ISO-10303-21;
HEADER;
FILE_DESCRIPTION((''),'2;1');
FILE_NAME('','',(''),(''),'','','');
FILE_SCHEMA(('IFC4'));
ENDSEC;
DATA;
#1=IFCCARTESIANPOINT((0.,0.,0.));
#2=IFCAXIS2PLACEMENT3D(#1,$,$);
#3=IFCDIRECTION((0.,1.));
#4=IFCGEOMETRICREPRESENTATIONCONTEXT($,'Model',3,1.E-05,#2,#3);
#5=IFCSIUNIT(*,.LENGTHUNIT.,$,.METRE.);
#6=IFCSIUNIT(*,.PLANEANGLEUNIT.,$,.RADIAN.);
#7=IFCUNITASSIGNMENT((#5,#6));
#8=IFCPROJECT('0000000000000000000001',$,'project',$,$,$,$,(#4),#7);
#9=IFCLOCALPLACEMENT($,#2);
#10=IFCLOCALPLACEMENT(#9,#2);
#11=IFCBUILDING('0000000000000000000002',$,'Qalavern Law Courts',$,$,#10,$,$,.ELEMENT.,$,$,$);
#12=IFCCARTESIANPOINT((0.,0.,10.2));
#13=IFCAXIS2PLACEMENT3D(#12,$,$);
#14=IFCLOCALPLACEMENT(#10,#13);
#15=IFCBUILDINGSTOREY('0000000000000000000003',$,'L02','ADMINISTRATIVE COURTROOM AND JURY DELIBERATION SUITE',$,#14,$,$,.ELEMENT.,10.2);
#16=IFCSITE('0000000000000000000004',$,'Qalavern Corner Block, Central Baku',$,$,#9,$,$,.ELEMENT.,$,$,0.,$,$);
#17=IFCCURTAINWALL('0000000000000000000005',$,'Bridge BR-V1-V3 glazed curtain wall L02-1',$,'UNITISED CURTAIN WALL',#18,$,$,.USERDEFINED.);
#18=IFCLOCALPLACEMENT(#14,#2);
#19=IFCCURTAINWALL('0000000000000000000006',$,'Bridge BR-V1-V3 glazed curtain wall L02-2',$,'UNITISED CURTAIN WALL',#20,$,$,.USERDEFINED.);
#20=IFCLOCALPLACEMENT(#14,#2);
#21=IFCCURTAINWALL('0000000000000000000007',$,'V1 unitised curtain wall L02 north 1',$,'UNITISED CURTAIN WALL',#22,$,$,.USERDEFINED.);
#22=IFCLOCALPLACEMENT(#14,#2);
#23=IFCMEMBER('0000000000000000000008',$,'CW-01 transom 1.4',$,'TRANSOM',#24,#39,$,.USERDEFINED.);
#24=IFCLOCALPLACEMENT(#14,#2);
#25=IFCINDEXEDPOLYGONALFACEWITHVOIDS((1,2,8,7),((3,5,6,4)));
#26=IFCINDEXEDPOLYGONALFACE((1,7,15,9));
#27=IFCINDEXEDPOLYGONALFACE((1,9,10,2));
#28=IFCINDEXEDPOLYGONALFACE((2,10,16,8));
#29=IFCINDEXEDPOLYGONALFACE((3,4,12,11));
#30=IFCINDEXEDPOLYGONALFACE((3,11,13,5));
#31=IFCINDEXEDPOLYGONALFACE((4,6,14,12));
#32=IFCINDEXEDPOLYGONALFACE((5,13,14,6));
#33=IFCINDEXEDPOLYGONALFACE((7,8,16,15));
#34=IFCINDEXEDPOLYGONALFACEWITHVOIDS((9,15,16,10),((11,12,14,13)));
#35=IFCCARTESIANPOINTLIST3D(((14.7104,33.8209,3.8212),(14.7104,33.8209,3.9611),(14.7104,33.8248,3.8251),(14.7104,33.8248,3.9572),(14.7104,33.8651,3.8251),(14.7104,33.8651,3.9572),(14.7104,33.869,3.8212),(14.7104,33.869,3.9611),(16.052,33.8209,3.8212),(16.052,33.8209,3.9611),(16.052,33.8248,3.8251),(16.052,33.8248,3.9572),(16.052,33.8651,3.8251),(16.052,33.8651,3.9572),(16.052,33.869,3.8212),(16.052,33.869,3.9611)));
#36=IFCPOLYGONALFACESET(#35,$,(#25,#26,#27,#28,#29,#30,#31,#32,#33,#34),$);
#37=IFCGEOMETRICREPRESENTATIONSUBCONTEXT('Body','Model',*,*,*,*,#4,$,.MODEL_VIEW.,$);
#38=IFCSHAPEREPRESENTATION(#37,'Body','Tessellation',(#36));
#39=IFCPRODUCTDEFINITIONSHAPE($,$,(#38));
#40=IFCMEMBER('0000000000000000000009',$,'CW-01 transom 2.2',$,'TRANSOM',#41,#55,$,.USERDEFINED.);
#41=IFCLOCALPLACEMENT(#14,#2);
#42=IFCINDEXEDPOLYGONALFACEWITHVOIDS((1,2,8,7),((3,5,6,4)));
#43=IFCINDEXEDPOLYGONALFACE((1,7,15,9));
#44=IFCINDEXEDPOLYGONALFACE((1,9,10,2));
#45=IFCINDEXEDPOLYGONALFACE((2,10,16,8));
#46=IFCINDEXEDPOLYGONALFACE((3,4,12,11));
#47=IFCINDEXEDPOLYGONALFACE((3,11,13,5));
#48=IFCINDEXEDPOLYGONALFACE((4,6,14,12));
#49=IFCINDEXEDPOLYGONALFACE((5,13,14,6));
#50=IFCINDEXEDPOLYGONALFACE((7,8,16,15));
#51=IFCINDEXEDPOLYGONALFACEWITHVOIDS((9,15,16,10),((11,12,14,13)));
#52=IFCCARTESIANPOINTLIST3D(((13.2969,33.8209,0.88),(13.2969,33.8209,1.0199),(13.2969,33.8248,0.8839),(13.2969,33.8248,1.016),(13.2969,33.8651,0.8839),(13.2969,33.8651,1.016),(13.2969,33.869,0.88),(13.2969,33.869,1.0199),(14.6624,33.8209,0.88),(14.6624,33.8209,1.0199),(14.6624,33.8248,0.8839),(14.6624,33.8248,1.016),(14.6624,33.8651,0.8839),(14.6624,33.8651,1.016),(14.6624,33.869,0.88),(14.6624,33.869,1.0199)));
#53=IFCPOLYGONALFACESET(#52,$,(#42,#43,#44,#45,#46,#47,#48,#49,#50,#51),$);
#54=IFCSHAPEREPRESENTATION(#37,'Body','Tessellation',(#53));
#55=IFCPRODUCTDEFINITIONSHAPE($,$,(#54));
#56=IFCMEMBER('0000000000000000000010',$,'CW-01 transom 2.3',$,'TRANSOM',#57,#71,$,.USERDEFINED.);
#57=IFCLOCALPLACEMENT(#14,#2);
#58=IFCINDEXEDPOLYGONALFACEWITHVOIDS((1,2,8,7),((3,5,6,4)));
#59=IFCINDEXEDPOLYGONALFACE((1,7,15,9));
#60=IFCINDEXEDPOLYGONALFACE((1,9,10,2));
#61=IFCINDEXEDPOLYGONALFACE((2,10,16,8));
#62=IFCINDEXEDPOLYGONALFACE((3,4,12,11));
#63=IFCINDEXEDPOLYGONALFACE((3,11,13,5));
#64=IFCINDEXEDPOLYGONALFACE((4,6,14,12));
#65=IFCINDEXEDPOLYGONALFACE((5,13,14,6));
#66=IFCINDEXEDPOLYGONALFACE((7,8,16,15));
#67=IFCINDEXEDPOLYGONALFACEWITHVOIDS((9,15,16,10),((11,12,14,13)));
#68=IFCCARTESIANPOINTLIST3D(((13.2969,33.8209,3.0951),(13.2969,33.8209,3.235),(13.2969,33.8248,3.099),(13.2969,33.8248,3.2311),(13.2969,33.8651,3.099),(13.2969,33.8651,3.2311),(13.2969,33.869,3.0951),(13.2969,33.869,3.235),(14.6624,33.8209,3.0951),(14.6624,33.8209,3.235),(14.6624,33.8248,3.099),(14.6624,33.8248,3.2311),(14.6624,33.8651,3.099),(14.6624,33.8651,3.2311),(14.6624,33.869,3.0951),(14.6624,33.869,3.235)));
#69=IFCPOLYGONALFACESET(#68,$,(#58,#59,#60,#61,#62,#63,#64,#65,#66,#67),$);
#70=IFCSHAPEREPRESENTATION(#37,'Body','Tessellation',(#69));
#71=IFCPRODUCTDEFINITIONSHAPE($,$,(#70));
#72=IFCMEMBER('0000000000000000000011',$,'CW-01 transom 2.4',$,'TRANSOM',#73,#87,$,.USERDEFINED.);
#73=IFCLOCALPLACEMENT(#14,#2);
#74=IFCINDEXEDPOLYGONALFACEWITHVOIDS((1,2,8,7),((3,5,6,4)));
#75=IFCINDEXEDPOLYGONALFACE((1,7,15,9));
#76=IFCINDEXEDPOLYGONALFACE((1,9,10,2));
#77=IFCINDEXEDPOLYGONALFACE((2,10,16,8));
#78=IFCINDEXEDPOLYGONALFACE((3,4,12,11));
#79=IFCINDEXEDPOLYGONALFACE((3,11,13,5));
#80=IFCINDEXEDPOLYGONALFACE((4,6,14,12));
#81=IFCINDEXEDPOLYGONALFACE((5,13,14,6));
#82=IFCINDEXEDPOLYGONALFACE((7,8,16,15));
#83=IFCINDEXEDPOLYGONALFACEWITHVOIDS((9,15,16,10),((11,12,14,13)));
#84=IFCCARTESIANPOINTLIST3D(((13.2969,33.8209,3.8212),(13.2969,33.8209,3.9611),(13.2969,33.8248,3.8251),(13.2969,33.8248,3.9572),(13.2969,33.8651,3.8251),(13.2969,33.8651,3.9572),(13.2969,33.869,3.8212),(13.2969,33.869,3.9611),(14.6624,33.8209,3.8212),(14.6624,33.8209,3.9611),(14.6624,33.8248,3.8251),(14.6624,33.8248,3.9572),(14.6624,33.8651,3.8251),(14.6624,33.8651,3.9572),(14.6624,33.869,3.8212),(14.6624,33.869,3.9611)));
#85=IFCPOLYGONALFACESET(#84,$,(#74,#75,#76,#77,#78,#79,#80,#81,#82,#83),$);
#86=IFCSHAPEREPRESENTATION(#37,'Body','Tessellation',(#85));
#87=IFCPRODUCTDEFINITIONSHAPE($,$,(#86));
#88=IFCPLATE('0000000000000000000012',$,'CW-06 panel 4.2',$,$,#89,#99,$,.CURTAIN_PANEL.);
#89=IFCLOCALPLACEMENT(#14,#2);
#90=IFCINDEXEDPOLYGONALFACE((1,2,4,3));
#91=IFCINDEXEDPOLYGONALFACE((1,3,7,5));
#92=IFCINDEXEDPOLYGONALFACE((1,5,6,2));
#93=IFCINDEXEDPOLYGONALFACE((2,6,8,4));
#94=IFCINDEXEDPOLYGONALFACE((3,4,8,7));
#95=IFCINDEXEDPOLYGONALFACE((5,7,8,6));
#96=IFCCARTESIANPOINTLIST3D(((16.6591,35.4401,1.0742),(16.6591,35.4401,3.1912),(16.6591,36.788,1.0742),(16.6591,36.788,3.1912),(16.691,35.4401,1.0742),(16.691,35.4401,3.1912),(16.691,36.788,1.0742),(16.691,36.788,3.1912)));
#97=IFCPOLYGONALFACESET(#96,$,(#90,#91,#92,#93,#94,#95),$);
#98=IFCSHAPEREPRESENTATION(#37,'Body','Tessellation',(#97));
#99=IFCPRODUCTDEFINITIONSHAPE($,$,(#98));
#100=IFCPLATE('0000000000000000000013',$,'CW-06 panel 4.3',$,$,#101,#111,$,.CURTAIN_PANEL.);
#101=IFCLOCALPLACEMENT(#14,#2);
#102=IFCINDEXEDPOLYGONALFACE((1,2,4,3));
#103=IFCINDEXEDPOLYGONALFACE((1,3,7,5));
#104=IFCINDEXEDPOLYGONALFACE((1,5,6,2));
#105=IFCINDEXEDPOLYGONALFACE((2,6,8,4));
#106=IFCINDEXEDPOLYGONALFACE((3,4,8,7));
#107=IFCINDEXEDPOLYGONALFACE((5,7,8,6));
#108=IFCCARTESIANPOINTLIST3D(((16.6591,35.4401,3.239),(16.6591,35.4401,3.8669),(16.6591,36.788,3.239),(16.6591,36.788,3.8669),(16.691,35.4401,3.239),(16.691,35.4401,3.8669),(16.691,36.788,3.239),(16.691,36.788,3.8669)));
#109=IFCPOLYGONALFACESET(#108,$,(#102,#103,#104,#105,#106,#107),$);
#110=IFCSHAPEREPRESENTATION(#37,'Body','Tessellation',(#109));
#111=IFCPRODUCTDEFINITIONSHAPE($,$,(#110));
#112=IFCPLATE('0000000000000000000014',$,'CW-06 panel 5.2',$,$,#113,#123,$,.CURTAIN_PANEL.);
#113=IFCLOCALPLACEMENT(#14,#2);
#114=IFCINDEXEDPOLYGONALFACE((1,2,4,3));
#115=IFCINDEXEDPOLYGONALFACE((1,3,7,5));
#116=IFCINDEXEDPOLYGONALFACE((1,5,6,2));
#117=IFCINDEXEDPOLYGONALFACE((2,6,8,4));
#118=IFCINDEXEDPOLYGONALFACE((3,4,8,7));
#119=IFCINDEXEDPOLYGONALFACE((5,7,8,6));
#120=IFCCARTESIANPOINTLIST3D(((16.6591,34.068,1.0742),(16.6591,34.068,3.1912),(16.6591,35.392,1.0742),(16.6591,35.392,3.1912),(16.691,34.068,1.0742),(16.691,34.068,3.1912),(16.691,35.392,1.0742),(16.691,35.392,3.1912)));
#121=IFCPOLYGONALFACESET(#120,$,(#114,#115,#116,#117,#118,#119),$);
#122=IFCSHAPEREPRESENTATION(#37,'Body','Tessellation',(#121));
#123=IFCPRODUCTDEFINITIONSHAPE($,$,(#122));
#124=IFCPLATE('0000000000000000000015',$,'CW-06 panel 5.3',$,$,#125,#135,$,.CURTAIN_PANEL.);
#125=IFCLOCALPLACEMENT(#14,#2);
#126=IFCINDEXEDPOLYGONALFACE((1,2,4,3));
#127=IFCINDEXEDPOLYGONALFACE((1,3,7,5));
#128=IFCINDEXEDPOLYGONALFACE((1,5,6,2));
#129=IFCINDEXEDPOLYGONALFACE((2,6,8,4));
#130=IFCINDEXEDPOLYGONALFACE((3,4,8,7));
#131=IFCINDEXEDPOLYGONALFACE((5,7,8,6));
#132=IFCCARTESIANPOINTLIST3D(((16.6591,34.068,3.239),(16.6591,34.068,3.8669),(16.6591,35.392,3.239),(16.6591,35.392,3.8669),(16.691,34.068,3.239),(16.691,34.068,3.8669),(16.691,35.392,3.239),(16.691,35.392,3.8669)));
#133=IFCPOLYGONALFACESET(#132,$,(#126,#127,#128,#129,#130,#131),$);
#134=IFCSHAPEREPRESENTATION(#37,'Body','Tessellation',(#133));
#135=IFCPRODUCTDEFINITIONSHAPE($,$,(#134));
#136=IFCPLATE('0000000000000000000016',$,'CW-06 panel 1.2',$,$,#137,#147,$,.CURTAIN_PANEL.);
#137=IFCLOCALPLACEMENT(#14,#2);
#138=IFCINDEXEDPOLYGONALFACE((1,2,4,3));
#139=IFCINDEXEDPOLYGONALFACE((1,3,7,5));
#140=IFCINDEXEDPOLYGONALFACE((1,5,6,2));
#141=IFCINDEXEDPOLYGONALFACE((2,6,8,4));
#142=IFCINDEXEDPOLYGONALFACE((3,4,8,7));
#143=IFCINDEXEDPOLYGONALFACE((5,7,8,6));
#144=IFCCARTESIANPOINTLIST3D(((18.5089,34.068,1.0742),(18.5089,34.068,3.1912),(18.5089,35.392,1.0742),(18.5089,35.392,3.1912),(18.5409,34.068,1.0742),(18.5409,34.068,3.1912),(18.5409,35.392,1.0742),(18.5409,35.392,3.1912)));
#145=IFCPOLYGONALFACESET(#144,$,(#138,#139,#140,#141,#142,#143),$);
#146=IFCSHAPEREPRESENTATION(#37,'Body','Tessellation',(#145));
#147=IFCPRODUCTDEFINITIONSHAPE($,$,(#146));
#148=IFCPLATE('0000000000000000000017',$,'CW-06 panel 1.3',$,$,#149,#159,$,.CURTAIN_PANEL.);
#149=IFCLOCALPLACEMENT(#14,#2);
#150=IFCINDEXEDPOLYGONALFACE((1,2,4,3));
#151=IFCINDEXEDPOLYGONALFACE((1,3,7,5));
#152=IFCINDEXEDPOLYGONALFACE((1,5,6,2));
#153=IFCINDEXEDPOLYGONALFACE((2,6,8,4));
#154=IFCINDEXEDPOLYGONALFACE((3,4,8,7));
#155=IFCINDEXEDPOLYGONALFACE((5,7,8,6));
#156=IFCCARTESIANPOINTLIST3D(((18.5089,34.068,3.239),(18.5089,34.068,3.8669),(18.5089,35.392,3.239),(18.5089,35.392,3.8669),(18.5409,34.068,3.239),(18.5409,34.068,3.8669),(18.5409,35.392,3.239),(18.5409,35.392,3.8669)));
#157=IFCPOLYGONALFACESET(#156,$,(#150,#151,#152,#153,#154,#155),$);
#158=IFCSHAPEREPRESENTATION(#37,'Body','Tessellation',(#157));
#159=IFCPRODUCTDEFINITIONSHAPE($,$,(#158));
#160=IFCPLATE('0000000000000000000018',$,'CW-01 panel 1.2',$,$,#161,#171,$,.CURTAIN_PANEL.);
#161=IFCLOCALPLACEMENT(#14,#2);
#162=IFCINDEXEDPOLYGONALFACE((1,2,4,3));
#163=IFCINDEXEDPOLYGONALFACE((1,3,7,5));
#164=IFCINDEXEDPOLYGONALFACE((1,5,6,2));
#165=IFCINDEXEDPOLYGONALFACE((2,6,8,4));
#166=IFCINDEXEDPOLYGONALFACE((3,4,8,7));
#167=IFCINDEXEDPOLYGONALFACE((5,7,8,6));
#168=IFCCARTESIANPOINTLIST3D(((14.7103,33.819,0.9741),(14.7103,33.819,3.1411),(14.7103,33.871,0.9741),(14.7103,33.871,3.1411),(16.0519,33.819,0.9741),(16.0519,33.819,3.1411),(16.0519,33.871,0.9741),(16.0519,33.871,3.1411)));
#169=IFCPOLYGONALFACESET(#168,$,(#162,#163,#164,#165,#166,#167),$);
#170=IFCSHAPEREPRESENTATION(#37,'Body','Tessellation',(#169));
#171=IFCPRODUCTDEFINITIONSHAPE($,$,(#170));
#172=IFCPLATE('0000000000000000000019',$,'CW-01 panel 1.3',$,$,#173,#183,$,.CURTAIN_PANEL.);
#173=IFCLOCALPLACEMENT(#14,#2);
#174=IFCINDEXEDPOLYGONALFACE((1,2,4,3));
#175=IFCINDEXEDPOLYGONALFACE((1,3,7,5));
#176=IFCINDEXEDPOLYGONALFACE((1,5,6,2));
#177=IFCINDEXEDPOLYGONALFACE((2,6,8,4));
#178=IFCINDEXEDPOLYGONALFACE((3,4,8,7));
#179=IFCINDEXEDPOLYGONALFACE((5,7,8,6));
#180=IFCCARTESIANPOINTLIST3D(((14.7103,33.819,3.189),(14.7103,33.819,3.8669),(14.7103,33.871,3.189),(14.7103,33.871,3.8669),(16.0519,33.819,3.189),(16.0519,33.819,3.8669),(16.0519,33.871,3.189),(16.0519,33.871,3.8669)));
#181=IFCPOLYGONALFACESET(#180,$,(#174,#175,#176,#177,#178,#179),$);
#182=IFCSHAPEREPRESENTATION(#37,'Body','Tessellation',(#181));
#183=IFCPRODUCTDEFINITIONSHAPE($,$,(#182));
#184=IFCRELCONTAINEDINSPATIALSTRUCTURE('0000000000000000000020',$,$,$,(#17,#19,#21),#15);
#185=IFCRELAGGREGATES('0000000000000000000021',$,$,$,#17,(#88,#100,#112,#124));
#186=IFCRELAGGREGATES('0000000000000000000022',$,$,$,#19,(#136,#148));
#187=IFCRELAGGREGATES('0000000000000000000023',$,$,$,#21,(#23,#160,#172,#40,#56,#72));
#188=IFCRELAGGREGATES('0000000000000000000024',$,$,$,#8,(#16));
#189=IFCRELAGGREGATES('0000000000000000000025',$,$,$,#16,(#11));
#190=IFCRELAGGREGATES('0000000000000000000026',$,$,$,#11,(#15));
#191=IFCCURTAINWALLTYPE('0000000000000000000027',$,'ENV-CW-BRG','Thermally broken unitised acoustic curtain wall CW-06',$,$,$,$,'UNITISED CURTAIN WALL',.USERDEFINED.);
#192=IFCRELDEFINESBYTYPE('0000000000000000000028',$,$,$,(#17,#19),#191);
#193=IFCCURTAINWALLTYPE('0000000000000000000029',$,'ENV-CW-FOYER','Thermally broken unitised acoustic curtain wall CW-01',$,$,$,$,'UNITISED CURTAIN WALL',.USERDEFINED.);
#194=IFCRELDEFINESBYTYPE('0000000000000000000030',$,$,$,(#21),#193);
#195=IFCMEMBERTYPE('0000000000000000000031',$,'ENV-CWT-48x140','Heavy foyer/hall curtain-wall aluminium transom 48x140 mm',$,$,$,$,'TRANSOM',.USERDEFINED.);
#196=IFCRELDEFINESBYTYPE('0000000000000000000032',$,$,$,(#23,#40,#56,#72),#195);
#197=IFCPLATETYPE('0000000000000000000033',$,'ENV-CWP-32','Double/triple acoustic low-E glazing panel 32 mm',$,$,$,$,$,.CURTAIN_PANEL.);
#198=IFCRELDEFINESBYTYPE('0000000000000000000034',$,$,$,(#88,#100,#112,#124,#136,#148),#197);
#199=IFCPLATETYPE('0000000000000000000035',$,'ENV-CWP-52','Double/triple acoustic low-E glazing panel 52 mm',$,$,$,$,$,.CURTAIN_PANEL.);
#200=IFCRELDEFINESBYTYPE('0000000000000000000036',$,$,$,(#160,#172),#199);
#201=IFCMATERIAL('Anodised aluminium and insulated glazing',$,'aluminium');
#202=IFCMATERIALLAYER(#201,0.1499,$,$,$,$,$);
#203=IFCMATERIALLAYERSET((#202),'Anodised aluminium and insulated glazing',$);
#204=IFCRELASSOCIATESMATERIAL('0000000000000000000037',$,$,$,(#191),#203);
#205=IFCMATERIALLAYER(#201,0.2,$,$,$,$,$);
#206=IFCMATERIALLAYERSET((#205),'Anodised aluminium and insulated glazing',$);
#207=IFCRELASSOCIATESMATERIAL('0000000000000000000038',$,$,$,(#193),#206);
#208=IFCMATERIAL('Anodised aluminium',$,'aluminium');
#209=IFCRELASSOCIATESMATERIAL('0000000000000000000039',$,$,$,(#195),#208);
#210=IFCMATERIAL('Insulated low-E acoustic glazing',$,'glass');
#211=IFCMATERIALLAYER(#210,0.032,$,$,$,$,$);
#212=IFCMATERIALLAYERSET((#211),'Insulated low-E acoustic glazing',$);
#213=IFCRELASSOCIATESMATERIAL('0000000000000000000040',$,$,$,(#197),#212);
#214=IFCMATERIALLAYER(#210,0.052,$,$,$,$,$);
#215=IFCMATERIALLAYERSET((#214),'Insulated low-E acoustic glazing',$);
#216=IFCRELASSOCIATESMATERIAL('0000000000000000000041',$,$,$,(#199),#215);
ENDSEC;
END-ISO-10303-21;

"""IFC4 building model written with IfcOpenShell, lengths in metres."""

from ifc_helpers import new_model, si_unit, direction, frame, origin, origin_2d, place, context, subcontext, project, spatial, rectangle, hollow_rectangle, extrude, material, layer, layer_set, material_profile, profile_set, type_object, element, aggregate, save


model = new_model("IFC4")

# Units and contexts
model_context = context("Model", 3, precision=1e-05, world=origin(), true_north=direction((0.0, 1.0)))
body_context = subcontext(model_context, "Body", "Model", "MODEL_VIEW")
ifc_project = project(units=[si_unit("LENGTHUNIT", "METRE"), si_unit("PLANEANGLEUNIT", "RADIAN")], contexts=[model_context])

# Site, building, storey
site_placement = place(None, origin())
site = spatial("IfcSite", under=ifc_project, at=site_placement, Name="Qalavern Corner Block, Central Baku", CompositionType="ELEMENT", RefElevation=0.0)
building_placement = place(site_placement, origin())
building = spatial("IfcBuilding", under=site, at=building_placement, Name="Qalavern Law Courts", CompositionType="ELEMENT")
storey_placement = place(building_placement, frame((0.0, 0.0, 10.2)))
storey = spatial("IfcBuildingStorey", under=building, at=storey_placement, Name="L02", Description="ADMINISTRATIVE COURTROOM AND JURY DELIBERATION SUITE", CompositionType="ELEMENT", Elevation=10.2)

# Curtain walls, members
ifc_material_1 = material(Name="Anodised aluminium and insulated glazing", Category="aluminium")
ifc_layer_1 = layer(ifc_material_1, 0.1499)
ifc_layer_set_1 = layer_set([ifc_layer_1], Name="Anodised aluminium and insulated glazing")
curtain_wall_type_1 = type_object("IfcCurtainWallType", Name="ENV-CW-BRG", Description="Thermally broken unitised acoustic curtain wall CW-06", ElementType="UNITISED CURTAIN WALL", PredefinedType="USERDEFINED", material=ifc_layer_set_1)
curtain_wall_1_placement = place(storey_placement, origin())
curtain_wall_1 = element("IfcCurtainWall", 1, at=curtain_wall_1_placement, inside=storey, type_object=curtain_wall_type_1, Name="Bridge BR-V1-V3 glazed curtain wall L02-1", ObjectType="UNITISED CURTAIN WALL", PredefinedType="USERDEFINED")
ifc_material_2 = material(Name="Anodised aluminium", Category="aluminium")
curtain_wall_2_placement = place(storey_placement, origin())
curtain_wall_2 = element("IfcCurtainWall", 2, at=curtain_wall_2_placement, inside=storey, type_object=curtain_wall_type_1, Name="Bridge BR-V1-V3 glazed curtain wall L02-2", ObjectType="UNITISED CURTAIN WALL", PredefinedType="USERDEFINED")
ifc_layer_2 = layer(ifc_material_1, 0.2)
ifc_layer_set_2 = layer_set([ifc_layer_2], Name="Anodised aluminium and insulated glazing")
curtain_wall_type_2 = type_object("IfcCurtainWallType", Name="ENV-CW-FOYER", Description="Thermally broken unitised acoustic curtain wall CW-01", ElementType="UNITISED CURTAIN WALL", PredefinedType="USERDEFINED", material=ifc_layer_set_2)
curtain_wall_3_placement = place(storey_placement, origin())
curtain_wall_3 = element("IfcCurtainWall", 3, at=curtain_wall_3_placement, inside=storey, type_object=curtain_wall_type_2, Name="V1 unitised curtain wall L02 north 1", ObjectType="UNITISED CURTAIN WALL", PredefinedType="USERDEFINED")
ifc_material_profile_1 = material_profile(ifc_material_2, hollow_rectangle(XDim=0.0481, YDim=0.1399, WallThickness=0.0039, at=origin_2d()), Name="ALU TRANSOM 48x140")
ifc_profile_set_1 = profile_set([ifc_material_profile_1], Name="Anodised aluminium")
member_type_1 = type_object("IfcMemberType", Name="ENV-CWT-48x140", Description="Heavy foyer/hall curtain-wall aluminium transom 48x140 mm", ElementType="TRANSOM", PredefinedType="USERDEFINED", material=ifc_profile_set_1)
member_1_placement = place(storey_placement, frame((16.052, 33.845, 3.8911), z_axis=(-1.0, 0.0, 0.0), x_axis=(0.0, -1.0, 0.0)))
member_1 = element("IfcMember", 4, at=member_1_placement, type_object=member_type_1, Name="CW-01 transom 1.4", ObjectType="TRANSOM", PredefinedType="USERDEFINED", context=body_context, shape_type="SweptSolid", body=[
    extrude(hollow_rectangle(XDim=0.0481, YDim=0.1399, WallThickness=0.0039, at=origin_2d()), origin(), (0.0, 0.0, 1.0), 1.3416),
])
member_2_placement = place(storey_placement, frame((14.6624, 33.845, 0.95), z_axis=(-1.0, 0.0, 0.0), x_axis=(0.0, -1.0, 0.0)))
member_2 = element("IfcMember", 5, at=member_2_placement, type_object=member_type_1, Name="CW-01 transom 2.2", ObjectType="TRANSOM", PredefinedType="USERDEFINED", context=body_context, shape_type="SweptSolid", body=[
    extrude(hollow_rectangle(XDim=0.0481, YDim=0.1399, WallThickness=0.0039, at=origin_2d()), origin(), (0.0, 0.0, 1.0), 1.3655),
])
member_3_placement = place(storey_placement, frame((14.6624, 33.845, 3.165), z_axis=(-1.0, 0.0, 0.0), x_axis=(0.0, -1.0, 0.0)))
member_3 = element("IfcMember", 6, at=member_3_placement, type_object=member_type_1, Name="CW-01 transom 2.3", ObjectType="TRANSOM", PredefinedType="USERDEFINED", context=body_context, shape_type="SweptSolid", body=[
    extrude(hollow_rectangle(XDim=0.0481, YDim=0.1399, WallThickness=0.0039, at=origin_2d()), origin(), (0.0, 0.0, 1.0), 1.3655),
])
member_4_placement = place(storey_placement, frame((14.6624, 33.845, 3.8911), z_axis=(-1.0, 0.0, 0.0), x_axis=(0.0, -1.0, 0.0)))
member_4 = element("IfcMember", 7, at=member_4_placement, type_object=member_type_1, Name="CW-01 transom 2.4", ObjectType="TRANSOM", PredefinedType="USERDEFINED", context=body_context, shape_type="SweptSolid", body=[
    extrude(hollow_rectangle(XDim=0.0481, YDim=0.1399, WallThickness=0.0039, at=origin_2d()), origin(), (0.0, 0.0, 1.0), 1.3655),
])

# Plates
ifc_material_3 = material(Name="Insulated low-E acoustic glazing", Category="glass")
ifc_layer_3 = layer(ifc_material_3, 0.032)
ifc_layer_set_3 = layer_set([ifc_layer_3], Name="Insulated low-E acoustic glazing")
plate_type_1 = type_object("IfcPlateType", Name="ENV-CWP-32", Description="Double/triple acoustic low-E glazing panel 32 mm", PredefinedType="CURTAIN_PANEL", material=ifc_layer_set_3)
plate_1_placement = place(storey_placement, frame((16.675, 36.114, 1.0742), z_axis=(0.0, 0.0, 1.0), x_axis=(0.0, -1.0, 0.0)))
plate_1 = element("IfcPlate", 8, at=plate_1_placement, type_object=plate_type_1, Name="CW-06 panel 4.2", PredefinedType="CURTAIN_PANEL", context=body_context, shape_type="SweptSolid", body=[
    extrude(rectangle(XDim=1.3479, YDim=0.032, at=origin_2d()), origin(), (0.0, 0.0, 1.0), 2.1169),
])
plate_2_placement = place(storey_placement, frame((16.675, 36.114, 3.239), z_axis=(0.0, 0.0, 1.0), x_axis=(0.0, -1.0, 0.0)))
plate_2 = element("IfcPlate", 9, at=plate_2_placement, type_object=plate_type_1, Name="CW-06 panel 4.3", PredefinedType="CURTAIN_PANEL", context=body_context, shape_type="SweptSolid", body=[
    extrude(rectangle(XDim=1.3479, YDim=0.032, at=origin_2d()), origin(), (0.0, 0.0, 1.0), 0.6279),
])
plate_3_placement = place(storey_placement, frame((16.675, 34.73, 1.0742), z_axis=(0.0, 0.0, 1.0), x_axis=(0.0, -1.0, 0.0)))
plate_3 = element("IfcPlate", 10, at=plate_3_placement, type_object=plate_type_1, Name="CW-06 panel 5.2", PredefinedType="CURTAIN_PANEL", context=body_context, shape_type="SweptSolid", body=[
    extrude(rectangle(XDim=1.324, YDim=0.032, at=origin_2d()), origin(), (0.0, 0.0, 1.0), 2.1169),
])
plate_4_placement = place(storey_placement, frame((16.675, 34.73, 3.239), z_axis=(0.0, 0.0, 1.0), x_axis=(0.0, -1.0, 0.0)))
plate_4 = element("IfcPlate", 11, at=plate_4_placement, type_object=plate_type_1, Name="CW-06 panel 5.3", PredefinedType="CURTAIN_PANEL", context=body_context, shape_type="SweptSolid", body=[
    extrude(rectangle(XDim=1.324, YDim=0.032, at=origin_2d()), origin(), (0.0, 0.0, 1.0), 0.6279),
])
aggregate(curtain_wall_1, [plate_1, plate_2, plate_3, plate_4])
plate_5_placement = place(storey_placement, frame((18.5249, 34.73, 1.0742), z_axis=(0.0, 0.0, 1.0), x_axis=(0.0, 1.0, 0.0)))
plate_5 = element("IfcPlate", 12, at=plate_5_placement, type_object=plate_type_1, Name="CW-06 panel 1.2", PredefinedType="CURTAIN_PANEL", context=body_context, shape_type="SweptSolid", body=[
    extrude(rectangle(XDim=1.324, YDim=0.032, at=origin_2d()), origin(), (0.0, 0.0, 1.0), 2.1169),
])
plate_6_placement = place(storey_placement, frame((18.5249, 34.73, 3.239), z_axis=(0.0, 0.0, 1.0), x_axis=(0.0, 1.0, 0.0)))
plate_6 = element("IfcPlate", 13, at=plate_6_placement, type_object=plate_type_1, Name="CW-06 panel 1.3", PredefinedType="CURTAIN_PANEL", context=body_context, shape_type="SweptSolid", body=[
    extrude(rectangle(XDim=1.324, YDim=0.032, at=origin_2d()), origin(), (0.0, 0.0, 1.0), 0.6279),
])
aggregate(curtain_wall_2, [plate_5, plate_6])
ifc_layer_4 = layer(ifc_material_3, 0.052)
ifc_layer_set_4 = layer_set([ifc_layer_4], Name="Insulated low-E acoustic glazing")
plate_type_2 = type_object("IfcPlateType", Name="ENV-CWP-52", Description="Double/triple acoustic low-E glazing panel 52 mm", PredefinedType="CURTAIN_PANEL", material=ifc_layer_set_4)
plate_7_placement = place(storey_placement, frame((15.3811, 33.845, 0.9741), z_axis=(0.0, 0.0, 1.0), x_axis=(-1.0, 0.0, 0.0)))
plate_7 = element("IfcPlate", 14, at=plate_7_placement, type_object=plate_type_2, Name="CW-01 panel 1.2", PredefinedType="CURTAIN_PANEL", context=body_context, shape_type="SweptSolid", body=[
    extrude(rectangle(XDim=1.3416, YDim=0.052, at=origin_2d()), origin(), (0.0, 0.0, 1.0), 2.167),
])
plate_8_placement = place(storey_placement, frame((15.3811, 33.845, 3.189), z_axis=(0.0, 0.0, 1.0), x_axis=(-1.0, 0.0, 0.0)))
plate_8 = element("IfcPlate", 15, at=plate_8_placement, type_object=plate_type_2, Name="CW-01 panel 1.3", PredefinedType="CURTAIN_PANEL", context=body_context, shape_type="SweptSolid", body=[
    extrude(rectangle(XDim=1.3416, YDim=0.052, at=origin_2d()), origin(), (0.0, 0.0, 1.0), 0.678),
])
aggregate(curtain_wall_3, [member_1, plate_7, plate_8, member_2, member_3, member_4])

save(model, "model.ifc")
